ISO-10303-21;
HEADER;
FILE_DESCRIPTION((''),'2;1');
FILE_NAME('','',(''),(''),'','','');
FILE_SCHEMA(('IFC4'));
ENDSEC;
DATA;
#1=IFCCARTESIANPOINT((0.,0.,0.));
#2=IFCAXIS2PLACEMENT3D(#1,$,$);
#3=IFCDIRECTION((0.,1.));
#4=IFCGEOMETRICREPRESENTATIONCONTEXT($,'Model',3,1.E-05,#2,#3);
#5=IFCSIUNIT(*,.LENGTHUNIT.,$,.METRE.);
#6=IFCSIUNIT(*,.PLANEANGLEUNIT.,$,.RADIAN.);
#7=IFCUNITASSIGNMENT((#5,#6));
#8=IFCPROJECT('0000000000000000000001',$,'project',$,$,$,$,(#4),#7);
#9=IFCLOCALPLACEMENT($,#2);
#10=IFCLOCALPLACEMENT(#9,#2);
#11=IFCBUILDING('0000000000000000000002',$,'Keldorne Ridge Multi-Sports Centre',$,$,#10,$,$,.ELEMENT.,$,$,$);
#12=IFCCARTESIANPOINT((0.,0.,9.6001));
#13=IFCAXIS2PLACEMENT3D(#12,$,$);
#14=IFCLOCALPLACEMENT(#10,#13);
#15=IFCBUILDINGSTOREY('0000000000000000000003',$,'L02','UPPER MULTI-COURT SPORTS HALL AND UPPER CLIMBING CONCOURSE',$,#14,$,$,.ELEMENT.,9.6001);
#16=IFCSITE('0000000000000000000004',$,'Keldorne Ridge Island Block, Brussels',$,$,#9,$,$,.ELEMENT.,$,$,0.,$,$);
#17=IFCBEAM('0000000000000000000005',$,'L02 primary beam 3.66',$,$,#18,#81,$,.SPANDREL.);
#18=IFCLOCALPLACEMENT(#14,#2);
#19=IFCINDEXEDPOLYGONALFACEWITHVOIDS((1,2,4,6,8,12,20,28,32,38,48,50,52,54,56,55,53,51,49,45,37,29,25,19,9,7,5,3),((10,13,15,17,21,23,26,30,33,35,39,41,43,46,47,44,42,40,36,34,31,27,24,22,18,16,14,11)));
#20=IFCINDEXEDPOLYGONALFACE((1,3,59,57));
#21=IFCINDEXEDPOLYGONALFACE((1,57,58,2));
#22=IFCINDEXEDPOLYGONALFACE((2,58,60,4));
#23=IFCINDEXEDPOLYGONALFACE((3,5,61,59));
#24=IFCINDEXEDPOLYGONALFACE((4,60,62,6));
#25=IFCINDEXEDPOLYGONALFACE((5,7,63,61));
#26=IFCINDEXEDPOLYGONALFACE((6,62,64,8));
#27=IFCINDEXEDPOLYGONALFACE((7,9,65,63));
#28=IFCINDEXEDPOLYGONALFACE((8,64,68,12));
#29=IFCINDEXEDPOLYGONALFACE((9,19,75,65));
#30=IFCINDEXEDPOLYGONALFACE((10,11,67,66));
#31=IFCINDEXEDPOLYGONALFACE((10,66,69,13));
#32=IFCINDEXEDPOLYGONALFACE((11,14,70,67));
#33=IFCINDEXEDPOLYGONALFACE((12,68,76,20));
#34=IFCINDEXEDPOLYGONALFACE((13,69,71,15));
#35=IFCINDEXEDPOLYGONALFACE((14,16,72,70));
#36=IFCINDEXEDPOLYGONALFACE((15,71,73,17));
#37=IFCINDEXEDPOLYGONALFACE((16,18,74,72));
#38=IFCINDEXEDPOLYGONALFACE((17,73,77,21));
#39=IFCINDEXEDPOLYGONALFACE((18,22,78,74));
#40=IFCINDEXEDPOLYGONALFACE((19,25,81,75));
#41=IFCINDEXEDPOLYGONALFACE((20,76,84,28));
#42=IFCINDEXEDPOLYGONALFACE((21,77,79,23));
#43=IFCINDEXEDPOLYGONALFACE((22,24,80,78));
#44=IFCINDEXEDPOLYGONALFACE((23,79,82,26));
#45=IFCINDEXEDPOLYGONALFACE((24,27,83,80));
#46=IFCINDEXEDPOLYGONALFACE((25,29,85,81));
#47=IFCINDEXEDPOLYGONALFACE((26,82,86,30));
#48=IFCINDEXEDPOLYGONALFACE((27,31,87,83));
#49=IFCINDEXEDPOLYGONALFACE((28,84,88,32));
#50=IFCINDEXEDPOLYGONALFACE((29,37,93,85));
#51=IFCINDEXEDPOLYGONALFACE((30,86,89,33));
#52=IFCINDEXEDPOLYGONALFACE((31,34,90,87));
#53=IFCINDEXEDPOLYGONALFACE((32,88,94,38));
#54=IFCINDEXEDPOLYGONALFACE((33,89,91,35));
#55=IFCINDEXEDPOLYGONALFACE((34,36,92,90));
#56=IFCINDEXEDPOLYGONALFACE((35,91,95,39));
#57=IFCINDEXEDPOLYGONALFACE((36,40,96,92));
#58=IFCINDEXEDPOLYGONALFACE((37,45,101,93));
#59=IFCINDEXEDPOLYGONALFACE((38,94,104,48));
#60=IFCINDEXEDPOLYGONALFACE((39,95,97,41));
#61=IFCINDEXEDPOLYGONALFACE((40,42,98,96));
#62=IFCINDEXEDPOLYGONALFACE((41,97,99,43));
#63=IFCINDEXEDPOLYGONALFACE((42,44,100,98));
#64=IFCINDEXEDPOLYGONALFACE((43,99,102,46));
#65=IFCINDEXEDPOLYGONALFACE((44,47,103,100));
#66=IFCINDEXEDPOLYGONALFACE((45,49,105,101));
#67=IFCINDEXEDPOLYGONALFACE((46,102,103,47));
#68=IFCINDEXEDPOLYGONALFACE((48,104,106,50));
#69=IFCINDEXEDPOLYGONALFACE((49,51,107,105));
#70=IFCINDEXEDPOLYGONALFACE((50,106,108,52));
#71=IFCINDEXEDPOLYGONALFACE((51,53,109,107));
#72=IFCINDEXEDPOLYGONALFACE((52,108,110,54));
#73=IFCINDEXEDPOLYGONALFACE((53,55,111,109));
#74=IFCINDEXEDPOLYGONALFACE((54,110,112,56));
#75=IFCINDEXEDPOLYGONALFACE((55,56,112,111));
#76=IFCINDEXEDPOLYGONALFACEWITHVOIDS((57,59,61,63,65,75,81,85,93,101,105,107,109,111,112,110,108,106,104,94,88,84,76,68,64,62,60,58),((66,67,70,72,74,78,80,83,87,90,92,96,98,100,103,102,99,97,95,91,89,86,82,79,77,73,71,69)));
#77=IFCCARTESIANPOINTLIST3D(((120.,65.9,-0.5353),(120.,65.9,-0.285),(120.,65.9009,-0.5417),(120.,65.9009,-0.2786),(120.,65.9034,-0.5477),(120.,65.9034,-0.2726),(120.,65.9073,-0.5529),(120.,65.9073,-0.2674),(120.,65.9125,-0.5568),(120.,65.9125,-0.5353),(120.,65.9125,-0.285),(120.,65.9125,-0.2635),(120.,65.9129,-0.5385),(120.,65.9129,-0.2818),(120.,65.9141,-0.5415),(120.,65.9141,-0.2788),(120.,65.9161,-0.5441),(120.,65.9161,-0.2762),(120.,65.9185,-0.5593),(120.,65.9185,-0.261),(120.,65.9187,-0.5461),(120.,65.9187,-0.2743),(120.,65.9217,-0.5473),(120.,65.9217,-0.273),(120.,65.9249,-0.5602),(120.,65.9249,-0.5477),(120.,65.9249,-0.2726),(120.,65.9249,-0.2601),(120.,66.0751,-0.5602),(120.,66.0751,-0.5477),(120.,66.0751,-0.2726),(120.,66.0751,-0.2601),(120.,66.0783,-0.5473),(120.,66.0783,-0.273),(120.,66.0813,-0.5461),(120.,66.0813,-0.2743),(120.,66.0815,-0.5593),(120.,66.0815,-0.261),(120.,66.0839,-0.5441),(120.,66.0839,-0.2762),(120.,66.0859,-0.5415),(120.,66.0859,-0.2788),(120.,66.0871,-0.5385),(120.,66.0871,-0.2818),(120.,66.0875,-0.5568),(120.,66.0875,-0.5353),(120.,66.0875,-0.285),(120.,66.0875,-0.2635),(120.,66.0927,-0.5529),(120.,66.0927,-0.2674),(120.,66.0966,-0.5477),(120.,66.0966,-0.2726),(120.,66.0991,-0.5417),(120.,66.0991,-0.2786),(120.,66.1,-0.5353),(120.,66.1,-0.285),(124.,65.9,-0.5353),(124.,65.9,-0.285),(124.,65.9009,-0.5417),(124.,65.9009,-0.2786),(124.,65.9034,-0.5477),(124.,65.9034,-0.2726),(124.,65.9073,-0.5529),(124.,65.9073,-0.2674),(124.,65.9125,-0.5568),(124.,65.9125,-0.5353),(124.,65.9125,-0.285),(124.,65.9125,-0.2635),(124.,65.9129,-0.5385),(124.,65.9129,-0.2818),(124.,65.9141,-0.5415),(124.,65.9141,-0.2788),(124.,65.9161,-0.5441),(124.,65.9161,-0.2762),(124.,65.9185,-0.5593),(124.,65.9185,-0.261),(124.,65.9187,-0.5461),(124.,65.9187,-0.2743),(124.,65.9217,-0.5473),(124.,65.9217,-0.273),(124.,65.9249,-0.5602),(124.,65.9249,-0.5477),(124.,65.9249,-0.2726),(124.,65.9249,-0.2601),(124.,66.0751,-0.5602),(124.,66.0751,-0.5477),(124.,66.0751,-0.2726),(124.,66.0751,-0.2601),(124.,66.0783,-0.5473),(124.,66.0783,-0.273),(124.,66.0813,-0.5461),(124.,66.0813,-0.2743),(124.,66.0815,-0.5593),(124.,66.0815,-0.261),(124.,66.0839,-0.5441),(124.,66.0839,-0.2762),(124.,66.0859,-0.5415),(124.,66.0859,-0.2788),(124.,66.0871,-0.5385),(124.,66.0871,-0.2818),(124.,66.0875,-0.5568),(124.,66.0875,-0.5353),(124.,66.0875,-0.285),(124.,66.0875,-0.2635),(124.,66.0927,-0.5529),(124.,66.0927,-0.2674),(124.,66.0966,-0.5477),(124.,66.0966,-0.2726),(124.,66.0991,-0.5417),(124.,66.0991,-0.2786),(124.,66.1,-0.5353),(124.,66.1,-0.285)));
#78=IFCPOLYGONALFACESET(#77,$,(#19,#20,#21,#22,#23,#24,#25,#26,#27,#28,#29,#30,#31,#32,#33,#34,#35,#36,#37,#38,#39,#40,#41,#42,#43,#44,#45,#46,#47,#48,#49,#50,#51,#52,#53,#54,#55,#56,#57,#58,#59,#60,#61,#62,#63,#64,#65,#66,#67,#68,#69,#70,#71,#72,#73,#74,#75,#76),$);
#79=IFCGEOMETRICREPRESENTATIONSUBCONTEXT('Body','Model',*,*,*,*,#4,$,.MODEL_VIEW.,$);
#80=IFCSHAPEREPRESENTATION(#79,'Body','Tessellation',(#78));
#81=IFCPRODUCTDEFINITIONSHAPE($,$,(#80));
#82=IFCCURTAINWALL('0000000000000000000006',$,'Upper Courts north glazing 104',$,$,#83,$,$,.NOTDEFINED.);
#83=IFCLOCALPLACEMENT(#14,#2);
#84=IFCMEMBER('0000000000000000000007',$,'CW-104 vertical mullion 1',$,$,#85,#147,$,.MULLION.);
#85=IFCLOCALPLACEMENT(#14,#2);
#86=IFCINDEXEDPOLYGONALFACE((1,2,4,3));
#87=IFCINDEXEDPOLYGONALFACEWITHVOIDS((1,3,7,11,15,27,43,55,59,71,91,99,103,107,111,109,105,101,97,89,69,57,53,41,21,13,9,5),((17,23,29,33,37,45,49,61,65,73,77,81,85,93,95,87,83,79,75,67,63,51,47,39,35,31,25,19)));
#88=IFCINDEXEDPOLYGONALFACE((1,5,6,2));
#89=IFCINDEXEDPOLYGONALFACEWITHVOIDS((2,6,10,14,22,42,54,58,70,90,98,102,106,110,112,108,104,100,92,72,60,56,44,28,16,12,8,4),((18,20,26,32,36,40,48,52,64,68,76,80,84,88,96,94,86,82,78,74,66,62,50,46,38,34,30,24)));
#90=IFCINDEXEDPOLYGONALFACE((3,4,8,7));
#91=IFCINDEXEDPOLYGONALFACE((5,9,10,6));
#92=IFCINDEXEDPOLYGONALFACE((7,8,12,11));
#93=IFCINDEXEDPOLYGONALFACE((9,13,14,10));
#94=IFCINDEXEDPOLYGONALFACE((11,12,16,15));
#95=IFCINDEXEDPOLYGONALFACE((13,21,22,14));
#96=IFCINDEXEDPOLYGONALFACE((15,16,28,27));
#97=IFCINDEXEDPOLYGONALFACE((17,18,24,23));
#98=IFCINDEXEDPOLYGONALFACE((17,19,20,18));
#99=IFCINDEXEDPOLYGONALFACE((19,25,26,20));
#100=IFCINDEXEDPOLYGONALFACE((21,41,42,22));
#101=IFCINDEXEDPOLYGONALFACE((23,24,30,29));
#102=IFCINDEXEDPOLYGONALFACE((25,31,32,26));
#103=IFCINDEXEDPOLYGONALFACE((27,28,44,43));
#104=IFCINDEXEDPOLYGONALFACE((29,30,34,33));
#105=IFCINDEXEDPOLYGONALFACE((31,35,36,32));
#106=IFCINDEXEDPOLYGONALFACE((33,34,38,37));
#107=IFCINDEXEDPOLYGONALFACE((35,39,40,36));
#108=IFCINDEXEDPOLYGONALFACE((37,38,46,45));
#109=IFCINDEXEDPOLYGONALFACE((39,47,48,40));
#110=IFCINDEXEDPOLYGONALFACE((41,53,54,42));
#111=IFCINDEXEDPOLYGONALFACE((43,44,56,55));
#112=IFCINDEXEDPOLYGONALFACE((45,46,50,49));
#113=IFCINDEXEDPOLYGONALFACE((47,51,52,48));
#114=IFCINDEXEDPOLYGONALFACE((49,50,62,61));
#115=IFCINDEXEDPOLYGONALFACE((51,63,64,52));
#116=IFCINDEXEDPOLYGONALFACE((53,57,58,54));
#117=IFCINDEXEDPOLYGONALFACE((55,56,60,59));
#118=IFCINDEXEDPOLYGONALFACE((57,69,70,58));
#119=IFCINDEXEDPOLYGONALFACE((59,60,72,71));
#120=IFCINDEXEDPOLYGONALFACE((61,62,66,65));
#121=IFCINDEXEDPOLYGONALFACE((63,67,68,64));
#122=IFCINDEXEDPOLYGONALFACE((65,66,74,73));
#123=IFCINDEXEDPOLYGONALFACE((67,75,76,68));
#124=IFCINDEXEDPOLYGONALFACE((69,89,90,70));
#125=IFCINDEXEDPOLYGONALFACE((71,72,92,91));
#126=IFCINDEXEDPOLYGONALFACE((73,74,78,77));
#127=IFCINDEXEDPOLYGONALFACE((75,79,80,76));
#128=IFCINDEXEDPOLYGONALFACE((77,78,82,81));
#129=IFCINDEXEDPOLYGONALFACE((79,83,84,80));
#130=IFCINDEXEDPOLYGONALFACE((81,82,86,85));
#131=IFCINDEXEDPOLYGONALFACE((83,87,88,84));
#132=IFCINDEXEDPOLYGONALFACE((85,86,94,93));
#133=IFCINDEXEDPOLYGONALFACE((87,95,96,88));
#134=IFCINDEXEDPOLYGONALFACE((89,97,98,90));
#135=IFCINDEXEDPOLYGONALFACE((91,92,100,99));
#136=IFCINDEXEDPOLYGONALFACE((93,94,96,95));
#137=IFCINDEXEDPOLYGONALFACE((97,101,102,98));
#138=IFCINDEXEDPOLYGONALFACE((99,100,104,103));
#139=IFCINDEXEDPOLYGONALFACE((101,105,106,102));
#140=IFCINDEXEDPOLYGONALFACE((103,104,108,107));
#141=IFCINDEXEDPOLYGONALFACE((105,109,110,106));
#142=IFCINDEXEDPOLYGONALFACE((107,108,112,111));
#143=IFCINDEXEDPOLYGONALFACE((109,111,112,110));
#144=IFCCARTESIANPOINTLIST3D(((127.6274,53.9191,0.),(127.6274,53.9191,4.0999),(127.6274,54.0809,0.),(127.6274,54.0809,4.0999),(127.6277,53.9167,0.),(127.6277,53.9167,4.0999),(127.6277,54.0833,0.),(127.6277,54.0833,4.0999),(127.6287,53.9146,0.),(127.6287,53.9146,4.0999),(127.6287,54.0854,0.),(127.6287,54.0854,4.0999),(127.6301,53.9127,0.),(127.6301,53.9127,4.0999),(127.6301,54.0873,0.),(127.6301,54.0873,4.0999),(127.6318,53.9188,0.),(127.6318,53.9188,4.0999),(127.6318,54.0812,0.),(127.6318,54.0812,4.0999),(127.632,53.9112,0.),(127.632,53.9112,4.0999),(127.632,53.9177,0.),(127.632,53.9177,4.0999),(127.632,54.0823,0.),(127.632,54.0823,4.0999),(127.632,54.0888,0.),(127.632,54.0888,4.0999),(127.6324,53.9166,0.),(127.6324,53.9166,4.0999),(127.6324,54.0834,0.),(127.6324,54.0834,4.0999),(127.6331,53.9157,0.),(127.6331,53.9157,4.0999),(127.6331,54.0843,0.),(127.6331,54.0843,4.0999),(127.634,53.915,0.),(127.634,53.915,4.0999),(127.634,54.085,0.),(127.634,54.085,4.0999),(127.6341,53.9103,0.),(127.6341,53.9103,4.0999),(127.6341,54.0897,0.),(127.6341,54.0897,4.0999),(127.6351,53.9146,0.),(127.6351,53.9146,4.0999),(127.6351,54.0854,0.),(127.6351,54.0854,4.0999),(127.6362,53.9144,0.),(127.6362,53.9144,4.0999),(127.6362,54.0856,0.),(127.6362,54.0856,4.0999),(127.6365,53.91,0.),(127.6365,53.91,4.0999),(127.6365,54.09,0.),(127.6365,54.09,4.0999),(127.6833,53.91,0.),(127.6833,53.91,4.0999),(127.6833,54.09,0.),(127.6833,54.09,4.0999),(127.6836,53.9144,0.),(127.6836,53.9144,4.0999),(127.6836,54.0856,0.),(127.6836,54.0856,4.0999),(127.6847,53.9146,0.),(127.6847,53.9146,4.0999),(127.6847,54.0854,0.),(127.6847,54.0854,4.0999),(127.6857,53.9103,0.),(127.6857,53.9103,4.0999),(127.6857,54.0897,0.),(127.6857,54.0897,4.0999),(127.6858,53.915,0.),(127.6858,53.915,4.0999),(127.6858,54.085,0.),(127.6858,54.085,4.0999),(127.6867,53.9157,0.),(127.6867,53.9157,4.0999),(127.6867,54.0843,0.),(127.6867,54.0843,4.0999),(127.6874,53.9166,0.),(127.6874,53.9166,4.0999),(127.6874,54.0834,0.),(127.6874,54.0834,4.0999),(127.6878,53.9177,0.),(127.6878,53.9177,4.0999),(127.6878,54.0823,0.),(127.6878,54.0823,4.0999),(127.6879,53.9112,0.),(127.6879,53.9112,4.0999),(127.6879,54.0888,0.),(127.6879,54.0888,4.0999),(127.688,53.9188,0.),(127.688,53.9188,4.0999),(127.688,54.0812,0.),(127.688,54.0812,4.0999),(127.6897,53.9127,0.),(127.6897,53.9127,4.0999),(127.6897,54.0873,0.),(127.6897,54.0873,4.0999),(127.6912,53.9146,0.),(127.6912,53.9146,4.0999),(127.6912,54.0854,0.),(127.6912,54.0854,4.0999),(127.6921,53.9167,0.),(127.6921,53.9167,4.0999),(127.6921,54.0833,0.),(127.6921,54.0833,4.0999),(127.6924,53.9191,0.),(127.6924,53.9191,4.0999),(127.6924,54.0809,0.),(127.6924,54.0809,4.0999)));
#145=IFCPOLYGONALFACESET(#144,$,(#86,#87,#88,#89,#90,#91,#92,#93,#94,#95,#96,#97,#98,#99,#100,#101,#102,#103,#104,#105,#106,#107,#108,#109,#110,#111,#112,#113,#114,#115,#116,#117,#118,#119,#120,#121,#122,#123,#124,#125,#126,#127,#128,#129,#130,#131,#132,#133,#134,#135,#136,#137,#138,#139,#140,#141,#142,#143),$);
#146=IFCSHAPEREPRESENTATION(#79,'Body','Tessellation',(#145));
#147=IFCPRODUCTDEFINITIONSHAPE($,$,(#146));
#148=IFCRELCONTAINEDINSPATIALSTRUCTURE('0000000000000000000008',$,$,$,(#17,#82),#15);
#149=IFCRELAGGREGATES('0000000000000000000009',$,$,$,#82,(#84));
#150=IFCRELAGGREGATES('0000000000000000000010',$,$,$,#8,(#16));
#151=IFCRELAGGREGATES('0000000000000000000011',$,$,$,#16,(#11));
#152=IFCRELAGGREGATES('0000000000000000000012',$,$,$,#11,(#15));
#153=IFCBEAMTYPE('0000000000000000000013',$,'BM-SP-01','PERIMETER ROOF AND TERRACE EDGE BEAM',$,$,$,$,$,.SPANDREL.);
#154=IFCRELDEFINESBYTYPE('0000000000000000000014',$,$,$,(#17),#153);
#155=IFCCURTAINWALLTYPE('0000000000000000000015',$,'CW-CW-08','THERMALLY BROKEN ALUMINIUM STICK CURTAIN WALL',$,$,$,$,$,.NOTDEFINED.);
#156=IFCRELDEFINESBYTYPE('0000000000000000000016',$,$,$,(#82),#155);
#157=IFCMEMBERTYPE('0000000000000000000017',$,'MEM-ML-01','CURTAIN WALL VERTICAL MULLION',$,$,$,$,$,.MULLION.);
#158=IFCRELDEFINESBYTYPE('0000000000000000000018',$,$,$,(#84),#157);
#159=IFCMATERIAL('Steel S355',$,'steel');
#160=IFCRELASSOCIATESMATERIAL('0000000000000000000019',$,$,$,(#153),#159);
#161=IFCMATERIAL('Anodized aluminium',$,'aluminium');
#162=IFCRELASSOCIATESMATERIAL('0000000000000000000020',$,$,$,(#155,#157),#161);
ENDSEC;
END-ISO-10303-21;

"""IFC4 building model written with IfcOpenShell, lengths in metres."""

from ifc_helpers import new_model, si_unit, direction, frame, origin, origin_2d, place, context, subcontext, project, spatial, hollow_rectangle, extrude, material, material_profile, profile_set, type_object, element, aggregate, save


model = new_model("IFC4")

# Units and contexts
model_context = context("Model", 3, precision=1e-05, world=origin(), true_north=direction((0.0, 1.0)))
body_context = subcontext(model_context, "Body", "Model", "MODEL_VIEW")
ifc_project = project(units=[si_unit("LENGTHUNIT", "METRE"), si_unit("PLANEANGLEUNIT", "RADIAN")], contexts=[model_context])

# Site, building, storey
site_placement = place(None, origin())
site = spatial("IfcSite", under=ifc_project, at=site_placement, Name="Keldorne Ridge Island Block, Brussels", CompositionType="ELEMENT", RefElevation=0.0)
building_placement = place(site_placement, origin())
building = spatial("IfcBuilding", under=site, at=building_placement, Name="Keldorne Ridge Multi-Sports Centre", CompositionType="ELEMENT")
storey_placement = place(building_placement, frame((0.0, 0.0, 9.6001)))
storey = spatial("IfcBuildingStorey", under=building, at=storey_placement, Name="L02", Description="UPPER MULTI-COURT SPORTS HALL AND UPPER CLIMBING CONCOURSE", CompositionType="ELEMENT", Elevation=9.6001)

# Shared definitions
ifc_material_1 = material(Name="Steel S355", Category="steel")

# Beam
ifc_material_profile_1 = material_profile(ifc_material_1, hollow_rectangle(XDim=0.2, YDim=0.3, WallThickness=0.0125, InnerFilletRadius=0.0125, OuterFilletRadius=0.0249, at=origin_2d()), Name="RHS 300x200x12.5")
ifc_profile_set_1 = profile_set([ifc_material_profile_1], Name="Steel S355")
beam_type_1 = type_object("IfcBeamType", Name="BM-SP-01", Description="PERIMETER ROOF AND TERRACE EDGE BEAM", PredefinedType="SPANDREL", material=ifc_profile_set_1)
beam_1_placement = place(storey_placement, frame((120.0, 66.0, -0.4102), z_axis=(1.0, 0.0, 0.0), x_axis=(0.0, 1.0, 0.0)))
element("IfcBeam", 1, at=beam_1_placement, inside=storey, type_object=beam_type_1, Name="L02 primary beam 3.66", PredefinedType="SPANDREL", context=body_context, shape_type="SweptSolid", body=[
    extrude(hollow_rectangle(XDim=0.2, YDim=0.3, WallThickness=0.0125, InnerFilletRadius=0.0125, OuterFilletRadius=0.0249, at=origin_2d()), origin(), (0.0, 0.0, 1.0), 4.0),
])

# Curtain wall, member
ifc_material_2 = material(Name="Anodized aluminium", Category="aluminium")
curtain_wall_type_1 = type_object("IfcCurtainWallType", Name="CW-CW-08", Description="THERMALLY BROKEN ALUMINIUM STICK CURTAIN WALL", PredefinedType="NOTDEFINED", material=ifc_material_2)
curtain_wall_1_placement = place(storey_placement, origin())
curtain_wall_1 = element("IfcCurtainWall", 2, at=curtain_wall_1_placement, inside=storey, type_object=curtain_wall_type_1, Name="Upper Courts north glazing 104", PredefinedType="NOTDEFINED")
ifc_material_profile_2 = material_profile(ifc_material_2, hollow_rectangle(XDim=0.0649, YDim=0.1799, WallThickness=0.0044, InnerFilletRadius=0.0044, OuterFilletRadius=0.009, at=origin_2d()), Name="ALU MULLION 180x65x4.5")
ifc_profile_set_2 = profile_set([ifc_material_profile_2], Name="Anodized aluminium")
member_type_1 = type_object("IfcMemberType", Name="MEM-ML-01", Description="CURTAIN WALL VERTICAL MULLION", PredefinedType="MULLION", material=ifc_profile_set_2)
member_1_placement = place(storey_placement, frame((127.6599, 54.0, 0.0), z_axis=(0.0, 0.0, 1.0), x_axis=(1.0, 0.0, 0.0)))
member_1 = element("IfcMember", 3, at=member_1_placement, type_object=member_type_1, Name="CW-104 vertical mullion 1", PredefinedType="MULLION", context=body_context, shape_type="SweptSolid", body=[
    extrude(hollow_rectangle(XDim=0.0649, YDim=0.1799, WallThickness=0.0044, InnerFilletRadius=0.0044, OuterFilletRadius=0.009, at=origin_2d()), origin(), (0.0, 0.0, 1.0), 4.0999),
])

aggregate(curtain_wall_1, [member_1])

save(model, "model.ifc")
